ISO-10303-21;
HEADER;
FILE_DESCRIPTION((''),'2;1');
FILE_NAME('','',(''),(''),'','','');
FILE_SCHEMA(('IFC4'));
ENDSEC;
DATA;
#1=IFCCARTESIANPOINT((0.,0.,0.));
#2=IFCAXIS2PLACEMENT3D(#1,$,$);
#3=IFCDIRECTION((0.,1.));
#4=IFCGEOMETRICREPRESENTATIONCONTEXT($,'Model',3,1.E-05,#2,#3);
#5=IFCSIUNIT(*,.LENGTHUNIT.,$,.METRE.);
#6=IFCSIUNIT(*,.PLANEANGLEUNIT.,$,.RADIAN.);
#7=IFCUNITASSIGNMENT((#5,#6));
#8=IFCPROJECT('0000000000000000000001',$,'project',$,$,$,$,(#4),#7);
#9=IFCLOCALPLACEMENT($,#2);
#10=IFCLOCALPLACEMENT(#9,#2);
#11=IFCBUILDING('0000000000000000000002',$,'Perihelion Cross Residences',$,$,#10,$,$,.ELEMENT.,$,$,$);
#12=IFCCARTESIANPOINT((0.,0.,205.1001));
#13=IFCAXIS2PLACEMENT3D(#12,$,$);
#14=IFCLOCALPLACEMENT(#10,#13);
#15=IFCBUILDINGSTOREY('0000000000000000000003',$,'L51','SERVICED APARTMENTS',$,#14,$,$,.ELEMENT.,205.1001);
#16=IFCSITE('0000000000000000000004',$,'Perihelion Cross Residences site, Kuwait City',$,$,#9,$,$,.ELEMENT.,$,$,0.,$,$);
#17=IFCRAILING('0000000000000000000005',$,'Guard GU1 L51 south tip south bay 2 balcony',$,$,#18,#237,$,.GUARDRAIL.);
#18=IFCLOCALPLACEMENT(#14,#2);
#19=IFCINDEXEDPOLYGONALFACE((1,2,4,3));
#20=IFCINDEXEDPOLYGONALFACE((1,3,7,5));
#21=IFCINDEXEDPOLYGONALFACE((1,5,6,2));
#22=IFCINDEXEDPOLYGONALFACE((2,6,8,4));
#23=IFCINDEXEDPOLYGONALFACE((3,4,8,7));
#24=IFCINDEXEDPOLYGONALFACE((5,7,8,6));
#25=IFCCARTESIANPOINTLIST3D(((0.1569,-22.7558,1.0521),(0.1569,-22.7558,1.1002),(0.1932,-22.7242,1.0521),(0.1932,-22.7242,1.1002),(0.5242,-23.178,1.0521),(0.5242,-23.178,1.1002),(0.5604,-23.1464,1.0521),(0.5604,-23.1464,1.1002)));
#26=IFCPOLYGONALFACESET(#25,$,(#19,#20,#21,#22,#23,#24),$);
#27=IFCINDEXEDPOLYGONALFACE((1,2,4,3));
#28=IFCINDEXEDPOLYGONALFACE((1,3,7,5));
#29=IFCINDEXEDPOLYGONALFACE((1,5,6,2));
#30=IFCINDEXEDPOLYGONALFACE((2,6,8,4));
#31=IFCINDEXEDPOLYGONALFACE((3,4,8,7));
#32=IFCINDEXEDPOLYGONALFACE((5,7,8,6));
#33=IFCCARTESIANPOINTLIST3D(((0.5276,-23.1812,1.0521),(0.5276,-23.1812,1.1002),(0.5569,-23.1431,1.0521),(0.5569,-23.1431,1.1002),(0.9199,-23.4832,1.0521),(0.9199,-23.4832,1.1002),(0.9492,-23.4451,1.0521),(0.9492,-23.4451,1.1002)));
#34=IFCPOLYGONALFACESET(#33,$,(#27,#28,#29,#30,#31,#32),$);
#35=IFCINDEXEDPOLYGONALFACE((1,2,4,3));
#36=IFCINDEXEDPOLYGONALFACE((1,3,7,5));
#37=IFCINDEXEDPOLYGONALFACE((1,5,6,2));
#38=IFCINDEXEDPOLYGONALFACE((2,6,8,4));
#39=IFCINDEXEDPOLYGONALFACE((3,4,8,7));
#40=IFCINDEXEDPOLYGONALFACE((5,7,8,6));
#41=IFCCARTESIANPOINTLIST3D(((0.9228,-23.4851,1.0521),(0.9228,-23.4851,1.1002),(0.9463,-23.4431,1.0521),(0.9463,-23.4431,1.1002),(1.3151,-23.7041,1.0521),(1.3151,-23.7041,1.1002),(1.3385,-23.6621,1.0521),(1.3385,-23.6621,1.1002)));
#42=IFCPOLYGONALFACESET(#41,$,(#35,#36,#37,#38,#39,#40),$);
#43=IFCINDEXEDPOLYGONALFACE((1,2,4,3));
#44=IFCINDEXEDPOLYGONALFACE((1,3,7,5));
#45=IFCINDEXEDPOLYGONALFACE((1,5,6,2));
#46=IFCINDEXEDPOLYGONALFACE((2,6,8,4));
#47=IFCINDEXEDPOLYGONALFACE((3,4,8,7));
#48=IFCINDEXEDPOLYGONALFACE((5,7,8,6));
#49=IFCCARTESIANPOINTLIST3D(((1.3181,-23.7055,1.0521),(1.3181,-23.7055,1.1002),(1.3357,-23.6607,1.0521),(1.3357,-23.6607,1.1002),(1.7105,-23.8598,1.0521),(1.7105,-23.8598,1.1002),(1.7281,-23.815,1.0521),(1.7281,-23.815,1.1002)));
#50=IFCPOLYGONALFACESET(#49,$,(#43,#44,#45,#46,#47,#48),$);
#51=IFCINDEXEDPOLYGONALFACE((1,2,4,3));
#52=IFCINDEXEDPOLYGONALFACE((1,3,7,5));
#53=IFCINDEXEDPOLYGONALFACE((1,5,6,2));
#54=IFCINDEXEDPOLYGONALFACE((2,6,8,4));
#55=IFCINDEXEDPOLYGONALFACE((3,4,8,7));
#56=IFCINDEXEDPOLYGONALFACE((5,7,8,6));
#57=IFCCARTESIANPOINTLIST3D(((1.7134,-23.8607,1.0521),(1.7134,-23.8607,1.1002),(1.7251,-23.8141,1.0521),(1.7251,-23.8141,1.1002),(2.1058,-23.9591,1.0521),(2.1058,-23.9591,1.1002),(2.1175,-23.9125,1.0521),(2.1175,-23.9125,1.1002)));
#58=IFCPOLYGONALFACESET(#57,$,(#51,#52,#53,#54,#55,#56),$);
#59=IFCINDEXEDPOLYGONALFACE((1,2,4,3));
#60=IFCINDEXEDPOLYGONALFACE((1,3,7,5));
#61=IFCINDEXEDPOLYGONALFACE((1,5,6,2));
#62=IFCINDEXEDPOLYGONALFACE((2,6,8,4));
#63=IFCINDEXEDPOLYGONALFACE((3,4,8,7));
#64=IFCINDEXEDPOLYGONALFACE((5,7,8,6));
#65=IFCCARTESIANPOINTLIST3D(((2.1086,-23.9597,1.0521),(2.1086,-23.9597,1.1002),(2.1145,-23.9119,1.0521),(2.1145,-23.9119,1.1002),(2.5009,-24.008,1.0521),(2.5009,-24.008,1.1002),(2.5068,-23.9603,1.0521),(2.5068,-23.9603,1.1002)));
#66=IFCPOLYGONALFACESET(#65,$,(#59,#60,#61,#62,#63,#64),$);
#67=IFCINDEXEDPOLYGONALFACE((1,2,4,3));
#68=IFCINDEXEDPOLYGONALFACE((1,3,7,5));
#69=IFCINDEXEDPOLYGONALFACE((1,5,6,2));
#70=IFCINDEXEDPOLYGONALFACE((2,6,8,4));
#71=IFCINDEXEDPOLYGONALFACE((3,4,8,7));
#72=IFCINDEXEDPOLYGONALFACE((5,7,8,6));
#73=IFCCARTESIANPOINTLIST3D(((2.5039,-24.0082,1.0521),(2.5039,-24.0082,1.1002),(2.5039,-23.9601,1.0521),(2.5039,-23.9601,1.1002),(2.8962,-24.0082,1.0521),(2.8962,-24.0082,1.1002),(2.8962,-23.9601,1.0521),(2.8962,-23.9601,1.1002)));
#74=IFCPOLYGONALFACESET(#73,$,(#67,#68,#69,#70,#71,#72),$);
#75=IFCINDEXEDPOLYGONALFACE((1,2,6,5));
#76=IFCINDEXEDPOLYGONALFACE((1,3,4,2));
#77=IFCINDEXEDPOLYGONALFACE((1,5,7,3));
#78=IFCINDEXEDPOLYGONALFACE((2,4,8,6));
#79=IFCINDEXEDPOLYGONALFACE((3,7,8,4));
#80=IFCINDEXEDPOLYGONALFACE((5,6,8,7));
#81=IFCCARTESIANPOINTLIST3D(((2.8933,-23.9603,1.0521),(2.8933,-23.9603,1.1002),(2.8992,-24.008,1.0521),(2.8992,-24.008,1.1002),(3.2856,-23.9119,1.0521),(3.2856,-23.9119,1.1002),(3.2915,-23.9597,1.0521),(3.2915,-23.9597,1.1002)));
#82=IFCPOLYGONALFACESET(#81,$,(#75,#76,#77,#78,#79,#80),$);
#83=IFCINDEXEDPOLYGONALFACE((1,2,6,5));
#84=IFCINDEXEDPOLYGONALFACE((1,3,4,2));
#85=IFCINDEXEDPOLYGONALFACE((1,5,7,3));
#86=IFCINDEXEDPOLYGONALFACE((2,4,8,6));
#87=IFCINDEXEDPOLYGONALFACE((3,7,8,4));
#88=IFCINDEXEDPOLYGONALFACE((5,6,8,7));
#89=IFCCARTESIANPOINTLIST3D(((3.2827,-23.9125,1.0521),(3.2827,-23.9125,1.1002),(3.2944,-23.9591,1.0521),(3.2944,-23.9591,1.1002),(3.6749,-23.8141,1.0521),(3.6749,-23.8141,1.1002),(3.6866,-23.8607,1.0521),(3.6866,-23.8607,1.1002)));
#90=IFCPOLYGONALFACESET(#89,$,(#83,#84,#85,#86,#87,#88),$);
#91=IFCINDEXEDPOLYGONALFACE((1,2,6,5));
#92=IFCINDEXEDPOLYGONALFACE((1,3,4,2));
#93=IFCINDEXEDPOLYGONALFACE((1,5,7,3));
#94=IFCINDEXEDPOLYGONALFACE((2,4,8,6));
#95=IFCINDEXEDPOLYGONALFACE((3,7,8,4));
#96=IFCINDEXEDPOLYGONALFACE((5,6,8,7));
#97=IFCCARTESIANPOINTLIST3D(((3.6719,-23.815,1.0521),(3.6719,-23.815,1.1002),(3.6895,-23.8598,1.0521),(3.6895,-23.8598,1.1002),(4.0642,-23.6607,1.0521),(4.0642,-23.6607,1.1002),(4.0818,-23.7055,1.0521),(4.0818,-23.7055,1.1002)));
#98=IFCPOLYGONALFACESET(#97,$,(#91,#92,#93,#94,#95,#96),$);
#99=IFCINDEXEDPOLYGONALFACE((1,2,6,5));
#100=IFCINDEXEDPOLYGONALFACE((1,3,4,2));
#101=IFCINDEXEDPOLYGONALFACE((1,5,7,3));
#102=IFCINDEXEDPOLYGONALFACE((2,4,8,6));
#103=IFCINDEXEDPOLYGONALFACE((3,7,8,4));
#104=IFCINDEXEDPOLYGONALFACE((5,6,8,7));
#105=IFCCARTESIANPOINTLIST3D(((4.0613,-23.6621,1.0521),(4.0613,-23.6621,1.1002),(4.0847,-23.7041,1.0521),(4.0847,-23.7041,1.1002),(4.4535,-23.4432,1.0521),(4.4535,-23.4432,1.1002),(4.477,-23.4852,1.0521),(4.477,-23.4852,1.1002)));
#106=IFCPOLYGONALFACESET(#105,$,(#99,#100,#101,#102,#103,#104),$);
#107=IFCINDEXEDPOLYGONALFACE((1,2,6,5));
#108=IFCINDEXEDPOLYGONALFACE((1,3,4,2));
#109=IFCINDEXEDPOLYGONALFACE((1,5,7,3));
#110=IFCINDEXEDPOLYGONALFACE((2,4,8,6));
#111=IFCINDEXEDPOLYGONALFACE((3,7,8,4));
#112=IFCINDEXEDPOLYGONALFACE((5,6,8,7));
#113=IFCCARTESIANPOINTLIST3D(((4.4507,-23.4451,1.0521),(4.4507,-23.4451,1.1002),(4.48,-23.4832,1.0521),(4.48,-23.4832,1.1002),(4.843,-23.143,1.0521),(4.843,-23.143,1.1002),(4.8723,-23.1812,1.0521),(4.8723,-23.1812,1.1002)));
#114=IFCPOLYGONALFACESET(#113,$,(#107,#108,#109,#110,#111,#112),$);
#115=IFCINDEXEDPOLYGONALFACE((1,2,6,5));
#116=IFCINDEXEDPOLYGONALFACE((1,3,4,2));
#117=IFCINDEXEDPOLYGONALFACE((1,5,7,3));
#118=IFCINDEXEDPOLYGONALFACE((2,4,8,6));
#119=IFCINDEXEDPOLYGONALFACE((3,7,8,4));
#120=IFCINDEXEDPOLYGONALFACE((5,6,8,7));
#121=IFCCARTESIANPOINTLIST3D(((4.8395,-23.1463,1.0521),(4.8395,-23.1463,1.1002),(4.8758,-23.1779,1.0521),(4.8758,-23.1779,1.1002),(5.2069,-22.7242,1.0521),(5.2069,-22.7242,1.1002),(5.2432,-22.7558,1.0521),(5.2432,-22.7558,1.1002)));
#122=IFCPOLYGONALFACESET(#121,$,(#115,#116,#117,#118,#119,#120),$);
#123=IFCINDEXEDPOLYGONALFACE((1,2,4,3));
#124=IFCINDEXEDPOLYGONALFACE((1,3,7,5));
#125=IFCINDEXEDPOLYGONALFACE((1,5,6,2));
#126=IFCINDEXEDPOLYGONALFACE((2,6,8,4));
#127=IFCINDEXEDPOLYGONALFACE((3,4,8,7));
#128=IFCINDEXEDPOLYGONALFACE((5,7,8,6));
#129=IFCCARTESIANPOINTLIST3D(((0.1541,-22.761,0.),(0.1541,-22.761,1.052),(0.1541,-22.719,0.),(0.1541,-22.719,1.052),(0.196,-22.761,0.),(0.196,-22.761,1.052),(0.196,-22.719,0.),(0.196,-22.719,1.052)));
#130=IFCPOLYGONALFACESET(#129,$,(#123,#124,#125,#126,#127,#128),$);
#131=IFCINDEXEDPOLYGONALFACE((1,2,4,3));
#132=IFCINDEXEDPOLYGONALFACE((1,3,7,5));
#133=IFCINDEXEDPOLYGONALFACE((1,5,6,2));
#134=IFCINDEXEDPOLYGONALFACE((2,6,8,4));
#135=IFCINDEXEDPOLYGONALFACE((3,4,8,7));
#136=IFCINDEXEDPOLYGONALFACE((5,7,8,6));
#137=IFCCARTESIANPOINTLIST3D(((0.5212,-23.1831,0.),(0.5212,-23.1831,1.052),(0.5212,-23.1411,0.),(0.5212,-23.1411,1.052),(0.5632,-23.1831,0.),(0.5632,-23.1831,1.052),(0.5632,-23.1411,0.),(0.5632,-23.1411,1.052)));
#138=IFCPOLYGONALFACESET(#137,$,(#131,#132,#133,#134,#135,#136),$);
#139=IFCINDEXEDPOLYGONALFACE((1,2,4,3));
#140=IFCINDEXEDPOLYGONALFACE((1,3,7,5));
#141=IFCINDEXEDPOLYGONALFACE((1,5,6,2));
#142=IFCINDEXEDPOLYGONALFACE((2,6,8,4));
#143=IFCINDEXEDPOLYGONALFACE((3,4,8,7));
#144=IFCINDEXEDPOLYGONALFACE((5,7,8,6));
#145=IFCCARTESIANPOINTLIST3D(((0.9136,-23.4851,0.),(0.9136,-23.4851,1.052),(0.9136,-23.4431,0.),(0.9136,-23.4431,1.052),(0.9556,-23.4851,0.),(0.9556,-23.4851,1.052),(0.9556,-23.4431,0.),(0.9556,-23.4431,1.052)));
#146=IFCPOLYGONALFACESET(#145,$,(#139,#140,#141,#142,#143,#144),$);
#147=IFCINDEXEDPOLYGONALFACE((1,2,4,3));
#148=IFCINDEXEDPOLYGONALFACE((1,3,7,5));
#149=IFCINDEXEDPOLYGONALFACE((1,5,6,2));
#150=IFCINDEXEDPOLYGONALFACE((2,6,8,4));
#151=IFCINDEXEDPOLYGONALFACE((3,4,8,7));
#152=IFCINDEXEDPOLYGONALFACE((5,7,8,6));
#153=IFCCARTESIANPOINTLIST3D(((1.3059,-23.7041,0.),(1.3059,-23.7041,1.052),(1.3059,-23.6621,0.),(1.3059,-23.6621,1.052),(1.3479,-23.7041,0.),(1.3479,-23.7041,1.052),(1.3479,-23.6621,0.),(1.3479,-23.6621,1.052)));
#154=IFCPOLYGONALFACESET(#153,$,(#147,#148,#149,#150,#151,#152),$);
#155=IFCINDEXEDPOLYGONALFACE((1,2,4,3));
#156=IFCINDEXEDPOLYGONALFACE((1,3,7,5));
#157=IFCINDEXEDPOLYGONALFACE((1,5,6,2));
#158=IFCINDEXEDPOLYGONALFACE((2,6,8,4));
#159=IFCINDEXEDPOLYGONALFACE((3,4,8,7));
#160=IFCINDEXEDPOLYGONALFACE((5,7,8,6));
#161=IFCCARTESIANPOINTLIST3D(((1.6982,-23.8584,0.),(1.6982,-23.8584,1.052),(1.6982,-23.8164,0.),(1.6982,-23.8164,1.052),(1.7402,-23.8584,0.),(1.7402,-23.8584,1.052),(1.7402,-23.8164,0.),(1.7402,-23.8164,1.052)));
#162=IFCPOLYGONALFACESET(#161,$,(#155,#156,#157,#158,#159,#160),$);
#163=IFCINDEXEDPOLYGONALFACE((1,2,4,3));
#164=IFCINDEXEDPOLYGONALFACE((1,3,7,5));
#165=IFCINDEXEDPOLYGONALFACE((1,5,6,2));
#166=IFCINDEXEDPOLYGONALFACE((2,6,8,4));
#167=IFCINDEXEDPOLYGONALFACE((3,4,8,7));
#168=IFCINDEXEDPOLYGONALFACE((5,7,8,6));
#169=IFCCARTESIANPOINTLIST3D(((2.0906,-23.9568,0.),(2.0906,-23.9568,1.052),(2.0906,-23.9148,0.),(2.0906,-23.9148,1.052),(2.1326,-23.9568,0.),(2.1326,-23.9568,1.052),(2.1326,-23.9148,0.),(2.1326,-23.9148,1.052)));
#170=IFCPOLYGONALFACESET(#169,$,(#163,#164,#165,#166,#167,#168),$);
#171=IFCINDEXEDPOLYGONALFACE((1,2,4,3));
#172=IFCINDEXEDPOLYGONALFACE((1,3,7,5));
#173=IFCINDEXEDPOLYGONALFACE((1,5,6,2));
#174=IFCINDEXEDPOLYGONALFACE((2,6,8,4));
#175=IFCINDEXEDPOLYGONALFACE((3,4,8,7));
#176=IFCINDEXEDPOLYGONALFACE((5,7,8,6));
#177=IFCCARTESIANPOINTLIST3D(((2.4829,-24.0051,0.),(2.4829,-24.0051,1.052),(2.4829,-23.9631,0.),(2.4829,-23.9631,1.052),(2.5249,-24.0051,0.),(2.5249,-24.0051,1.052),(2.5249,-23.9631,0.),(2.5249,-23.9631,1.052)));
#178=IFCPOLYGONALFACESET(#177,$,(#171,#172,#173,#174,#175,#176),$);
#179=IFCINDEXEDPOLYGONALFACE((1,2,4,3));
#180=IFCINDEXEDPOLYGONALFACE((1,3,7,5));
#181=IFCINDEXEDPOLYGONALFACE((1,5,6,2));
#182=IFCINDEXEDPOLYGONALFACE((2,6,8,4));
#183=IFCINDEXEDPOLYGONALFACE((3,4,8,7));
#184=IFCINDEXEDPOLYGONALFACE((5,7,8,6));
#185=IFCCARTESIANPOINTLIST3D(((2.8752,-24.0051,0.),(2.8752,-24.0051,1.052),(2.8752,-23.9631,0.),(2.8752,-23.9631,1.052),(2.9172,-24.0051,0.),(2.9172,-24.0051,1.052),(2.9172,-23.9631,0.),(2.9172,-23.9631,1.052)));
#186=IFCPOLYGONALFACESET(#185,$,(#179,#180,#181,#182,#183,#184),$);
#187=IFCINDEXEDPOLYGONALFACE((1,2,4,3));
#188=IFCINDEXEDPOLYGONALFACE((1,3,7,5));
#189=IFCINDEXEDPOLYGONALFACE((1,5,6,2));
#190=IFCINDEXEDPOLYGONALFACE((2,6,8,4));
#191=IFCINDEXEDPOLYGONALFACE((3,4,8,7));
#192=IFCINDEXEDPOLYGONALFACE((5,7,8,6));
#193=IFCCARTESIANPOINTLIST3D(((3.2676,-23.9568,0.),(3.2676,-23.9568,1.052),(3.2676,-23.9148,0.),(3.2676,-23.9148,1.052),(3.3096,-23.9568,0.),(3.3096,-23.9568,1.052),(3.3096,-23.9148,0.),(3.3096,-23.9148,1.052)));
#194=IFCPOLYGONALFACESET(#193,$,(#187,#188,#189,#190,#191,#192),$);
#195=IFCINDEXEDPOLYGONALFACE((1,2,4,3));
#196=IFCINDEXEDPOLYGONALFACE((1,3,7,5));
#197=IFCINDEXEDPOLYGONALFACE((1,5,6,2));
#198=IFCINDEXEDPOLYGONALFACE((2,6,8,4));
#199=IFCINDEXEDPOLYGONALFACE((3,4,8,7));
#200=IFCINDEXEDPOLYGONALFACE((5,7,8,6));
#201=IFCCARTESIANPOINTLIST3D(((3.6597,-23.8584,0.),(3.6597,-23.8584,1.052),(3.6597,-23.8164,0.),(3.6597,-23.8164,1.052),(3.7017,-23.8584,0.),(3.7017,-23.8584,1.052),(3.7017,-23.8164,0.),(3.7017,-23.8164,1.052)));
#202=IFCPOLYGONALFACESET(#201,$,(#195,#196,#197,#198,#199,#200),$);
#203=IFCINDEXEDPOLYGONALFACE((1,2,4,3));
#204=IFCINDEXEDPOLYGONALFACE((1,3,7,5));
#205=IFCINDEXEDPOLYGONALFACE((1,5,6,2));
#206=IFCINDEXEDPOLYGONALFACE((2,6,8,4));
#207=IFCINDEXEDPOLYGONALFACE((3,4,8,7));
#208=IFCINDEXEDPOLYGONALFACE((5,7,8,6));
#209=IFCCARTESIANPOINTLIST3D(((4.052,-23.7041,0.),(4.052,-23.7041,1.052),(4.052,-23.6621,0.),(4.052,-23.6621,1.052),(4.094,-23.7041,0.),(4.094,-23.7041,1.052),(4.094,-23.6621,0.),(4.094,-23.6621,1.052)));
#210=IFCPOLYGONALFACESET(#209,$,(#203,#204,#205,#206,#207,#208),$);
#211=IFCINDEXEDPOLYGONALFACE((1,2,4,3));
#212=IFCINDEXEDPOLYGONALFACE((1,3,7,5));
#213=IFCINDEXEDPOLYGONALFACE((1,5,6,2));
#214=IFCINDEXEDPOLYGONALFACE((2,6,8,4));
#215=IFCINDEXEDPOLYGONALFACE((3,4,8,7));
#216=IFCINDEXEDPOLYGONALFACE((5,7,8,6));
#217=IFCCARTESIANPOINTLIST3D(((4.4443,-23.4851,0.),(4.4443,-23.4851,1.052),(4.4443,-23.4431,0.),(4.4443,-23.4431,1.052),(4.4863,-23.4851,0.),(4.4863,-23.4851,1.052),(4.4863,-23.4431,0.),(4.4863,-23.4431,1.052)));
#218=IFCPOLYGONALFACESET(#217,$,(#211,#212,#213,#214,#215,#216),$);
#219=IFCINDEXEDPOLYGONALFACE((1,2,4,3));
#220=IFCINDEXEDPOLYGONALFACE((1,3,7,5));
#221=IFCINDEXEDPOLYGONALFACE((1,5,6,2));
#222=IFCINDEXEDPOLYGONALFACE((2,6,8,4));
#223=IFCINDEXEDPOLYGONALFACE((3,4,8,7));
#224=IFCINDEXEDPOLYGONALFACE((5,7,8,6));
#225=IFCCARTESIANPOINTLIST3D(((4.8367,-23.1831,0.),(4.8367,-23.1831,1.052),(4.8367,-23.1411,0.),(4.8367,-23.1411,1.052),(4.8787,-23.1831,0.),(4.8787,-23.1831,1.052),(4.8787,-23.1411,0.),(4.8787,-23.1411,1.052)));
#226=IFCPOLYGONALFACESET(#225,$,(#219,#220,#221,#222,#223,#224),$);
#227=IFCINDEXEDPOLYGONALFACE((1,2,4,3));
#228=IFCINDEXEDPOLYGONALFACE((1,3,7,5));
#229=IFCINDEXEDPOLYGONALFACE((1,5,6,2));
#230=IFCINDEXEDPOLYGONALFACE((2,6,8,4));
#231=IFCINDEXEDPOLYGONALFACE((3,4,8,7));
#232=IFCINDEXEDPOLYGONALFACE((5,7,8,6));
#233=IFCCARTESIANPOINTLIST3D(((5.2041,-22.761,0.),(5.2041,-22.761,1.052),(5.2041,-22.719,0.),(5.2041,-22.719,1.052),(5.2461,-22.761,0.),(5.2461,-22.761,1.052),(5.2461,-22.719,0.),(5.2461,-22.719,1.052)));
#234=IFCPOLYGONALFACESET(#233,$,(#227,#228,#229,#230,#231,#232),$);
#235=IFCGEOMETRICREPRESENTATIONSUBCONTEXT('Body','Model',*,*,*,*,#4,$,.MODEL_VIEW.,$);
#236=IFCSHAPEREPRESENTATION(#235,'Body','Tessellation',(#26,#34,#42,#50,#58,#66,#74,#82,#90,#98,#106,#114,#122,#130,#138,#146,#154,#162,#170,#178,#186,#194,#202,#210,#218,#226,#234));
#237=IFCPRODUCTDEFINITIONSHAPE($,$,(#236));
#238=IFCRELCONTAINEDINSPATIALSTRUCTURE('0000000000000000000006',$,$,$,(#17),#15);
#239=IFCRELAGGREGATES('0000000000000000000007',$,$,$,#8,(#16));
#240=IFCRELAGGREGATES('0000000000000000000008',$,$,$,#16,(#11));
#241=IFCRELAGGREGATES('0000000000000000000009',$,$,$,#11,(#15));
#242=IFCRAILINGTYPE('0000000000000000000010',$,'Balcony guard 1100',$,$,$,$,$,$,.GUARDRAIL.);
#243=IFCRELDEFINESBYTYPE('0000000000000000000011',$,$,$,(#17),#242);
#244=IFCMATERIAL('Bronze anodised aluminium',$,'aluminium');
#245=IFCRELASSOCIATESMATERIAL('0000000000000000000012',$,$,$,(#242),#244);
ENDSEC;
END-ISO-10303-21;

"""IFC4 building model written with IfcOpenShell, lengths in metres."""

from ifc_helpers import new_model, si_unit, direction, frame, origin, origin_2d, place, context, subcontext, project, spatial, rectangle, extrude, material, type_object, element, save


model = new_model("IFC4")

# Units and contexts
model_context = context("Model", 3, precision=1e-05, world=origin(), true_north=direction((0.0, 1.0)))
body_context = subcontext(model_context, "Body", "Model", "MODEL_VIEW")
ifc_project = project(units=[si_unit("LENGTHUNIT", "METRE"), si_unit("PLANEANGLEUNIT", "RADIAN")], contexts=[model_context])

# Site, building, storey
site_placement = place(None, origin())
site = spatial("IfcSite", under=ifc_project, at=site_placement, Name="Perihelion Cross Residences site, Kuwait City", CompositionType="ELEMENT", RefElevation=0.0)
building_placement = place(site_placement, origin())
building = spatial("IfcBuilding", under=site, at=building_placement, Name="Perihelion Cross Residences", CompositionType="ELEMENT")
storey_placement = place(building_placement, frame((0.0, 0.0, 205.1001)))
storey = spatial("IfcBuildingStorey", under=building, at=storey_placement, Name="L51", Description="SERVICED APARTMENTS", CompositionType="ELEMENT", Elevation=205.1001)

# Railing
ifc_material_1 = material(Name="Bronze anodised aluminium", Category="aluminium")
railing_type = type_object("IfcRailingType", Name="Balcony guard 1100", PredefinedType="GUARDRAIL", material=ifc_material_1)
railing_placement = place(storey_placement, frame((0.175, -22.74, 0.0)))
element("IfcRailing", 1, at=railing_placement, inside=storey, type_object=railing_type, Name="Guard GU1 L51 south tip south bay 2 balcony", PredefinedType="GUARDRAIL", context=body_context, shape_type="SweptSolid", body=[
    extrude(rectangle(XDim=0.0481, YDim=0.0481, at=origin_2d()), frame((0.0, 0.0, 1.0762), z_axis=(0.656308, -0.754493, 0.0), x_axis=(0.754493, 0.656308, 0.0)), (0.0, 0.0, 1.0), 0.5596),
    extrude(rectangle(XDim=0.0481, YDim=0.0481, at=origin_2d()), frame((0.3672, -0.4221, 1.0762), z_axis=(0.792422, -0.609973, 0.0), x_axis=(0.609973, 0.792422, 0.0)), (0.0, 0.0, 1.0), 0.4951),
    extrude(rectangle(XDim=0.0481, YDim=0.0481, at=origin_2d()), frame((0.7595, -0.7241, 1.0762), z_axis=(0.873182, -0.487395, 0.0), x_axis=(0.487395, 0.873182, 0.0)), (0.0, 0.0, 1.0), 0.4492),
    extrude(rectangle(XDim=0.0481, YDim=0.0481, at=origin_2d()), frame((1.1519, -0.9431, 1.0762), z_axis=(0.930618, -0.365993, 0.0), x_axis=(0.365993, 0.930618, 0.0)), (0.0, 0.0, 1.0), 0.4216),
    extrude(rectangle(XDim=0.0481, YDim=0.0481, at=origin_2d()), frame((1.5442, -1.0974, 1.0762), z_axis=(0.969965, -0.243246, 0.0), x_axis=(0.243246, 0.969965, 0.0)), (0.0, 0.0, 1.0), 0.4045),
    extrude(rectangle(XDim=0.0481, YDim=0.0481, at=origin_2d()), frame((1.9365, -1.1958, 1.0762), z_axis=(0.992495, -0.122286, 0.0), x_axis=(0.122286, 0.992495, 0.0)), (0.0, 0.0, 1.0), 0.3953),
    extrude(rectangle(XDim=0.0481, YDim=0.0481, at=origin_2d()), frame((2.3289, -1.2441, 1.0762), z_axis=(1.0, 0.0, 0.0), x_axis=(0.0, 1.0, 0.0)), (0.0, 0.0, 1.0), 0.3923),
    extrude(rectangle(XDim=0.0481, YDim=0.0481, at=origin_2d()), frame((2.7212, -1.2441, 1.0762), z_axis=(0.992495, 0.122286, 0.0), x_axis=(-0.122286, 0.992495, 0.0)), (0.0, 0.0, 1.0), 0.3953),
    extrude(rectangle(XDim=0.0481, YDim=0.0481, at=origin_2d()), frame((3.1135, -1.1958, 1.0762), z_axis=(0.969929, 0.243388, 0.0), x_axis=(-0.243388, 0.969929, 0.0)), (0.0, 0.0, 1.0), 0.4043),
    extrude(rectangle(XDim=0.0481, YDim=0.0481, at=origin_2d()), frame((3.5056, -1.0974, 1.0762), z_axis=(0.930618, 0.365993, 0.0), x_axis=(-0.365993, 0.930618, 0.0)), (0.0, 0.0, 1.0), 0.4216),
    extrude(rectangle(XDim=0.0481, YDim=0.0481, at=origin_2d()), frame((3.8979, -0.9431, 1.0762), z_axis=(0.873182, 0.487395, 0.0), x_axis=(-0.487395, 0.873182, 0.0)), (0.0, 0.0, 1.0), 0.4492),
    extrude(rectangle(XDim=0.0481, YDim=0.0481, at=origin_2d()), frame((4.2903, -0.7241, 1.0762), z_axis=(0.792422, 0.609973, 0.0), x_axis=(-0.609973, 0.792422, 0.0)), (0.0, 0.0, 1.0), 0.4951),
    extrude(rectangle(XDim=0.0481, YDim=0.0481, at=origin_2d()), frame((4.6826, -0.4221, 1.0762), z_axis=(0.656557, 0.754277, 0.0), x_axis=(-0.754277, 0.656557, 0.0)), (0.0, 0.0, 1.0), 0.5596),
    extrude(rectangle(XDim=0.042, YDim=0.042, at=origin_2d()), origin(), (0.0, 0.0, 1.0), 1.052),
    extrude(rectangle(XDim=0.042, YDim=0.042, at=origin_2d()), frame((0.3672, -0.4221, 0.0)), (0.0, 0.0, 1.0), 1.052),
    extrude(rectangle(XDim=0.042, YDim=0.042, at=origin_2d()), frame((0.7595, -0.7241, 0.0)), (0.0, 0.0, 1.0), 1.052),
    extrude(rectangle(XDim=0.042, YDim=0.042, at=origin_2d()), frame((1.1519, -0.9431, 0.0)), (0.0, 0.0, 1.0), 1.052),
    extrude(rectangle(XDim=0.042, YDim=0.042, at=origin_2d()), frame((1.5442, -1.0974, 0.0)), (0.0, 0.0, 1.0), 1.052),
    extrude(rectangle(XDim=0.042, YDim=0.042, at=origin_2d()), frame((1.9365, -1.1958, 0.0)), (0.0, 0.0, 1.0), 1.052),
    extrude(rectangle(XDim=0.042, YDim=0.042, at=origin_2d()), frame((2.3289, -1.2441, 0.0)), (0.0, 0.0, 1.0), 1.052),
    extrude(rectangle(XDim=0.042, YDim=0.042, at=origin_2d()), frame((2.7212, -1.2441, 0.0)), (0.0, 0.0, 1.0), 1.052),
    extrude(rectangle(XDim=0.042, YDim=0.042, at=origin_2d()), frame((3.1135, -1.1958, 0.0)), (0.0, 0.0, 1.0), 1.052),
    extrude(rectangle(XDim=0.042, YDim=0.042, at=origin_2d()), frame((3.5056, -1.0974, 0.0)), (0.0, 0.0, 1.0), 1.052),
    extrude(rectangle(XDim=0.042, YDim=0.042, at=origin_2d()), frame((3.8979, -0.9431, 0.0)), (0.0, 0.0, 1.0), 1.052),
    extrude(rectangle(XDim=0.042, YDim=0.042, at=origin_2d()), frame((4.2903, -0.7241, 0.0)), (0.0, 0.0, 1.0), 1.052),
    extrude(rectangle(XDim=0.042, YDim=0.042, at=origin_2d()), frame((4.6826, -0.4221, 0.0)), (0.0, 0.0, 1.0), 1.052),
    extrude(rectangle(XDim=0.042, YDim=0.042, at=origin_2d()), frame((5.05, 0.0, 0.0)), (0.0, 0.0, 1.0), 1.052),
])

save(model, "model.ifc")
